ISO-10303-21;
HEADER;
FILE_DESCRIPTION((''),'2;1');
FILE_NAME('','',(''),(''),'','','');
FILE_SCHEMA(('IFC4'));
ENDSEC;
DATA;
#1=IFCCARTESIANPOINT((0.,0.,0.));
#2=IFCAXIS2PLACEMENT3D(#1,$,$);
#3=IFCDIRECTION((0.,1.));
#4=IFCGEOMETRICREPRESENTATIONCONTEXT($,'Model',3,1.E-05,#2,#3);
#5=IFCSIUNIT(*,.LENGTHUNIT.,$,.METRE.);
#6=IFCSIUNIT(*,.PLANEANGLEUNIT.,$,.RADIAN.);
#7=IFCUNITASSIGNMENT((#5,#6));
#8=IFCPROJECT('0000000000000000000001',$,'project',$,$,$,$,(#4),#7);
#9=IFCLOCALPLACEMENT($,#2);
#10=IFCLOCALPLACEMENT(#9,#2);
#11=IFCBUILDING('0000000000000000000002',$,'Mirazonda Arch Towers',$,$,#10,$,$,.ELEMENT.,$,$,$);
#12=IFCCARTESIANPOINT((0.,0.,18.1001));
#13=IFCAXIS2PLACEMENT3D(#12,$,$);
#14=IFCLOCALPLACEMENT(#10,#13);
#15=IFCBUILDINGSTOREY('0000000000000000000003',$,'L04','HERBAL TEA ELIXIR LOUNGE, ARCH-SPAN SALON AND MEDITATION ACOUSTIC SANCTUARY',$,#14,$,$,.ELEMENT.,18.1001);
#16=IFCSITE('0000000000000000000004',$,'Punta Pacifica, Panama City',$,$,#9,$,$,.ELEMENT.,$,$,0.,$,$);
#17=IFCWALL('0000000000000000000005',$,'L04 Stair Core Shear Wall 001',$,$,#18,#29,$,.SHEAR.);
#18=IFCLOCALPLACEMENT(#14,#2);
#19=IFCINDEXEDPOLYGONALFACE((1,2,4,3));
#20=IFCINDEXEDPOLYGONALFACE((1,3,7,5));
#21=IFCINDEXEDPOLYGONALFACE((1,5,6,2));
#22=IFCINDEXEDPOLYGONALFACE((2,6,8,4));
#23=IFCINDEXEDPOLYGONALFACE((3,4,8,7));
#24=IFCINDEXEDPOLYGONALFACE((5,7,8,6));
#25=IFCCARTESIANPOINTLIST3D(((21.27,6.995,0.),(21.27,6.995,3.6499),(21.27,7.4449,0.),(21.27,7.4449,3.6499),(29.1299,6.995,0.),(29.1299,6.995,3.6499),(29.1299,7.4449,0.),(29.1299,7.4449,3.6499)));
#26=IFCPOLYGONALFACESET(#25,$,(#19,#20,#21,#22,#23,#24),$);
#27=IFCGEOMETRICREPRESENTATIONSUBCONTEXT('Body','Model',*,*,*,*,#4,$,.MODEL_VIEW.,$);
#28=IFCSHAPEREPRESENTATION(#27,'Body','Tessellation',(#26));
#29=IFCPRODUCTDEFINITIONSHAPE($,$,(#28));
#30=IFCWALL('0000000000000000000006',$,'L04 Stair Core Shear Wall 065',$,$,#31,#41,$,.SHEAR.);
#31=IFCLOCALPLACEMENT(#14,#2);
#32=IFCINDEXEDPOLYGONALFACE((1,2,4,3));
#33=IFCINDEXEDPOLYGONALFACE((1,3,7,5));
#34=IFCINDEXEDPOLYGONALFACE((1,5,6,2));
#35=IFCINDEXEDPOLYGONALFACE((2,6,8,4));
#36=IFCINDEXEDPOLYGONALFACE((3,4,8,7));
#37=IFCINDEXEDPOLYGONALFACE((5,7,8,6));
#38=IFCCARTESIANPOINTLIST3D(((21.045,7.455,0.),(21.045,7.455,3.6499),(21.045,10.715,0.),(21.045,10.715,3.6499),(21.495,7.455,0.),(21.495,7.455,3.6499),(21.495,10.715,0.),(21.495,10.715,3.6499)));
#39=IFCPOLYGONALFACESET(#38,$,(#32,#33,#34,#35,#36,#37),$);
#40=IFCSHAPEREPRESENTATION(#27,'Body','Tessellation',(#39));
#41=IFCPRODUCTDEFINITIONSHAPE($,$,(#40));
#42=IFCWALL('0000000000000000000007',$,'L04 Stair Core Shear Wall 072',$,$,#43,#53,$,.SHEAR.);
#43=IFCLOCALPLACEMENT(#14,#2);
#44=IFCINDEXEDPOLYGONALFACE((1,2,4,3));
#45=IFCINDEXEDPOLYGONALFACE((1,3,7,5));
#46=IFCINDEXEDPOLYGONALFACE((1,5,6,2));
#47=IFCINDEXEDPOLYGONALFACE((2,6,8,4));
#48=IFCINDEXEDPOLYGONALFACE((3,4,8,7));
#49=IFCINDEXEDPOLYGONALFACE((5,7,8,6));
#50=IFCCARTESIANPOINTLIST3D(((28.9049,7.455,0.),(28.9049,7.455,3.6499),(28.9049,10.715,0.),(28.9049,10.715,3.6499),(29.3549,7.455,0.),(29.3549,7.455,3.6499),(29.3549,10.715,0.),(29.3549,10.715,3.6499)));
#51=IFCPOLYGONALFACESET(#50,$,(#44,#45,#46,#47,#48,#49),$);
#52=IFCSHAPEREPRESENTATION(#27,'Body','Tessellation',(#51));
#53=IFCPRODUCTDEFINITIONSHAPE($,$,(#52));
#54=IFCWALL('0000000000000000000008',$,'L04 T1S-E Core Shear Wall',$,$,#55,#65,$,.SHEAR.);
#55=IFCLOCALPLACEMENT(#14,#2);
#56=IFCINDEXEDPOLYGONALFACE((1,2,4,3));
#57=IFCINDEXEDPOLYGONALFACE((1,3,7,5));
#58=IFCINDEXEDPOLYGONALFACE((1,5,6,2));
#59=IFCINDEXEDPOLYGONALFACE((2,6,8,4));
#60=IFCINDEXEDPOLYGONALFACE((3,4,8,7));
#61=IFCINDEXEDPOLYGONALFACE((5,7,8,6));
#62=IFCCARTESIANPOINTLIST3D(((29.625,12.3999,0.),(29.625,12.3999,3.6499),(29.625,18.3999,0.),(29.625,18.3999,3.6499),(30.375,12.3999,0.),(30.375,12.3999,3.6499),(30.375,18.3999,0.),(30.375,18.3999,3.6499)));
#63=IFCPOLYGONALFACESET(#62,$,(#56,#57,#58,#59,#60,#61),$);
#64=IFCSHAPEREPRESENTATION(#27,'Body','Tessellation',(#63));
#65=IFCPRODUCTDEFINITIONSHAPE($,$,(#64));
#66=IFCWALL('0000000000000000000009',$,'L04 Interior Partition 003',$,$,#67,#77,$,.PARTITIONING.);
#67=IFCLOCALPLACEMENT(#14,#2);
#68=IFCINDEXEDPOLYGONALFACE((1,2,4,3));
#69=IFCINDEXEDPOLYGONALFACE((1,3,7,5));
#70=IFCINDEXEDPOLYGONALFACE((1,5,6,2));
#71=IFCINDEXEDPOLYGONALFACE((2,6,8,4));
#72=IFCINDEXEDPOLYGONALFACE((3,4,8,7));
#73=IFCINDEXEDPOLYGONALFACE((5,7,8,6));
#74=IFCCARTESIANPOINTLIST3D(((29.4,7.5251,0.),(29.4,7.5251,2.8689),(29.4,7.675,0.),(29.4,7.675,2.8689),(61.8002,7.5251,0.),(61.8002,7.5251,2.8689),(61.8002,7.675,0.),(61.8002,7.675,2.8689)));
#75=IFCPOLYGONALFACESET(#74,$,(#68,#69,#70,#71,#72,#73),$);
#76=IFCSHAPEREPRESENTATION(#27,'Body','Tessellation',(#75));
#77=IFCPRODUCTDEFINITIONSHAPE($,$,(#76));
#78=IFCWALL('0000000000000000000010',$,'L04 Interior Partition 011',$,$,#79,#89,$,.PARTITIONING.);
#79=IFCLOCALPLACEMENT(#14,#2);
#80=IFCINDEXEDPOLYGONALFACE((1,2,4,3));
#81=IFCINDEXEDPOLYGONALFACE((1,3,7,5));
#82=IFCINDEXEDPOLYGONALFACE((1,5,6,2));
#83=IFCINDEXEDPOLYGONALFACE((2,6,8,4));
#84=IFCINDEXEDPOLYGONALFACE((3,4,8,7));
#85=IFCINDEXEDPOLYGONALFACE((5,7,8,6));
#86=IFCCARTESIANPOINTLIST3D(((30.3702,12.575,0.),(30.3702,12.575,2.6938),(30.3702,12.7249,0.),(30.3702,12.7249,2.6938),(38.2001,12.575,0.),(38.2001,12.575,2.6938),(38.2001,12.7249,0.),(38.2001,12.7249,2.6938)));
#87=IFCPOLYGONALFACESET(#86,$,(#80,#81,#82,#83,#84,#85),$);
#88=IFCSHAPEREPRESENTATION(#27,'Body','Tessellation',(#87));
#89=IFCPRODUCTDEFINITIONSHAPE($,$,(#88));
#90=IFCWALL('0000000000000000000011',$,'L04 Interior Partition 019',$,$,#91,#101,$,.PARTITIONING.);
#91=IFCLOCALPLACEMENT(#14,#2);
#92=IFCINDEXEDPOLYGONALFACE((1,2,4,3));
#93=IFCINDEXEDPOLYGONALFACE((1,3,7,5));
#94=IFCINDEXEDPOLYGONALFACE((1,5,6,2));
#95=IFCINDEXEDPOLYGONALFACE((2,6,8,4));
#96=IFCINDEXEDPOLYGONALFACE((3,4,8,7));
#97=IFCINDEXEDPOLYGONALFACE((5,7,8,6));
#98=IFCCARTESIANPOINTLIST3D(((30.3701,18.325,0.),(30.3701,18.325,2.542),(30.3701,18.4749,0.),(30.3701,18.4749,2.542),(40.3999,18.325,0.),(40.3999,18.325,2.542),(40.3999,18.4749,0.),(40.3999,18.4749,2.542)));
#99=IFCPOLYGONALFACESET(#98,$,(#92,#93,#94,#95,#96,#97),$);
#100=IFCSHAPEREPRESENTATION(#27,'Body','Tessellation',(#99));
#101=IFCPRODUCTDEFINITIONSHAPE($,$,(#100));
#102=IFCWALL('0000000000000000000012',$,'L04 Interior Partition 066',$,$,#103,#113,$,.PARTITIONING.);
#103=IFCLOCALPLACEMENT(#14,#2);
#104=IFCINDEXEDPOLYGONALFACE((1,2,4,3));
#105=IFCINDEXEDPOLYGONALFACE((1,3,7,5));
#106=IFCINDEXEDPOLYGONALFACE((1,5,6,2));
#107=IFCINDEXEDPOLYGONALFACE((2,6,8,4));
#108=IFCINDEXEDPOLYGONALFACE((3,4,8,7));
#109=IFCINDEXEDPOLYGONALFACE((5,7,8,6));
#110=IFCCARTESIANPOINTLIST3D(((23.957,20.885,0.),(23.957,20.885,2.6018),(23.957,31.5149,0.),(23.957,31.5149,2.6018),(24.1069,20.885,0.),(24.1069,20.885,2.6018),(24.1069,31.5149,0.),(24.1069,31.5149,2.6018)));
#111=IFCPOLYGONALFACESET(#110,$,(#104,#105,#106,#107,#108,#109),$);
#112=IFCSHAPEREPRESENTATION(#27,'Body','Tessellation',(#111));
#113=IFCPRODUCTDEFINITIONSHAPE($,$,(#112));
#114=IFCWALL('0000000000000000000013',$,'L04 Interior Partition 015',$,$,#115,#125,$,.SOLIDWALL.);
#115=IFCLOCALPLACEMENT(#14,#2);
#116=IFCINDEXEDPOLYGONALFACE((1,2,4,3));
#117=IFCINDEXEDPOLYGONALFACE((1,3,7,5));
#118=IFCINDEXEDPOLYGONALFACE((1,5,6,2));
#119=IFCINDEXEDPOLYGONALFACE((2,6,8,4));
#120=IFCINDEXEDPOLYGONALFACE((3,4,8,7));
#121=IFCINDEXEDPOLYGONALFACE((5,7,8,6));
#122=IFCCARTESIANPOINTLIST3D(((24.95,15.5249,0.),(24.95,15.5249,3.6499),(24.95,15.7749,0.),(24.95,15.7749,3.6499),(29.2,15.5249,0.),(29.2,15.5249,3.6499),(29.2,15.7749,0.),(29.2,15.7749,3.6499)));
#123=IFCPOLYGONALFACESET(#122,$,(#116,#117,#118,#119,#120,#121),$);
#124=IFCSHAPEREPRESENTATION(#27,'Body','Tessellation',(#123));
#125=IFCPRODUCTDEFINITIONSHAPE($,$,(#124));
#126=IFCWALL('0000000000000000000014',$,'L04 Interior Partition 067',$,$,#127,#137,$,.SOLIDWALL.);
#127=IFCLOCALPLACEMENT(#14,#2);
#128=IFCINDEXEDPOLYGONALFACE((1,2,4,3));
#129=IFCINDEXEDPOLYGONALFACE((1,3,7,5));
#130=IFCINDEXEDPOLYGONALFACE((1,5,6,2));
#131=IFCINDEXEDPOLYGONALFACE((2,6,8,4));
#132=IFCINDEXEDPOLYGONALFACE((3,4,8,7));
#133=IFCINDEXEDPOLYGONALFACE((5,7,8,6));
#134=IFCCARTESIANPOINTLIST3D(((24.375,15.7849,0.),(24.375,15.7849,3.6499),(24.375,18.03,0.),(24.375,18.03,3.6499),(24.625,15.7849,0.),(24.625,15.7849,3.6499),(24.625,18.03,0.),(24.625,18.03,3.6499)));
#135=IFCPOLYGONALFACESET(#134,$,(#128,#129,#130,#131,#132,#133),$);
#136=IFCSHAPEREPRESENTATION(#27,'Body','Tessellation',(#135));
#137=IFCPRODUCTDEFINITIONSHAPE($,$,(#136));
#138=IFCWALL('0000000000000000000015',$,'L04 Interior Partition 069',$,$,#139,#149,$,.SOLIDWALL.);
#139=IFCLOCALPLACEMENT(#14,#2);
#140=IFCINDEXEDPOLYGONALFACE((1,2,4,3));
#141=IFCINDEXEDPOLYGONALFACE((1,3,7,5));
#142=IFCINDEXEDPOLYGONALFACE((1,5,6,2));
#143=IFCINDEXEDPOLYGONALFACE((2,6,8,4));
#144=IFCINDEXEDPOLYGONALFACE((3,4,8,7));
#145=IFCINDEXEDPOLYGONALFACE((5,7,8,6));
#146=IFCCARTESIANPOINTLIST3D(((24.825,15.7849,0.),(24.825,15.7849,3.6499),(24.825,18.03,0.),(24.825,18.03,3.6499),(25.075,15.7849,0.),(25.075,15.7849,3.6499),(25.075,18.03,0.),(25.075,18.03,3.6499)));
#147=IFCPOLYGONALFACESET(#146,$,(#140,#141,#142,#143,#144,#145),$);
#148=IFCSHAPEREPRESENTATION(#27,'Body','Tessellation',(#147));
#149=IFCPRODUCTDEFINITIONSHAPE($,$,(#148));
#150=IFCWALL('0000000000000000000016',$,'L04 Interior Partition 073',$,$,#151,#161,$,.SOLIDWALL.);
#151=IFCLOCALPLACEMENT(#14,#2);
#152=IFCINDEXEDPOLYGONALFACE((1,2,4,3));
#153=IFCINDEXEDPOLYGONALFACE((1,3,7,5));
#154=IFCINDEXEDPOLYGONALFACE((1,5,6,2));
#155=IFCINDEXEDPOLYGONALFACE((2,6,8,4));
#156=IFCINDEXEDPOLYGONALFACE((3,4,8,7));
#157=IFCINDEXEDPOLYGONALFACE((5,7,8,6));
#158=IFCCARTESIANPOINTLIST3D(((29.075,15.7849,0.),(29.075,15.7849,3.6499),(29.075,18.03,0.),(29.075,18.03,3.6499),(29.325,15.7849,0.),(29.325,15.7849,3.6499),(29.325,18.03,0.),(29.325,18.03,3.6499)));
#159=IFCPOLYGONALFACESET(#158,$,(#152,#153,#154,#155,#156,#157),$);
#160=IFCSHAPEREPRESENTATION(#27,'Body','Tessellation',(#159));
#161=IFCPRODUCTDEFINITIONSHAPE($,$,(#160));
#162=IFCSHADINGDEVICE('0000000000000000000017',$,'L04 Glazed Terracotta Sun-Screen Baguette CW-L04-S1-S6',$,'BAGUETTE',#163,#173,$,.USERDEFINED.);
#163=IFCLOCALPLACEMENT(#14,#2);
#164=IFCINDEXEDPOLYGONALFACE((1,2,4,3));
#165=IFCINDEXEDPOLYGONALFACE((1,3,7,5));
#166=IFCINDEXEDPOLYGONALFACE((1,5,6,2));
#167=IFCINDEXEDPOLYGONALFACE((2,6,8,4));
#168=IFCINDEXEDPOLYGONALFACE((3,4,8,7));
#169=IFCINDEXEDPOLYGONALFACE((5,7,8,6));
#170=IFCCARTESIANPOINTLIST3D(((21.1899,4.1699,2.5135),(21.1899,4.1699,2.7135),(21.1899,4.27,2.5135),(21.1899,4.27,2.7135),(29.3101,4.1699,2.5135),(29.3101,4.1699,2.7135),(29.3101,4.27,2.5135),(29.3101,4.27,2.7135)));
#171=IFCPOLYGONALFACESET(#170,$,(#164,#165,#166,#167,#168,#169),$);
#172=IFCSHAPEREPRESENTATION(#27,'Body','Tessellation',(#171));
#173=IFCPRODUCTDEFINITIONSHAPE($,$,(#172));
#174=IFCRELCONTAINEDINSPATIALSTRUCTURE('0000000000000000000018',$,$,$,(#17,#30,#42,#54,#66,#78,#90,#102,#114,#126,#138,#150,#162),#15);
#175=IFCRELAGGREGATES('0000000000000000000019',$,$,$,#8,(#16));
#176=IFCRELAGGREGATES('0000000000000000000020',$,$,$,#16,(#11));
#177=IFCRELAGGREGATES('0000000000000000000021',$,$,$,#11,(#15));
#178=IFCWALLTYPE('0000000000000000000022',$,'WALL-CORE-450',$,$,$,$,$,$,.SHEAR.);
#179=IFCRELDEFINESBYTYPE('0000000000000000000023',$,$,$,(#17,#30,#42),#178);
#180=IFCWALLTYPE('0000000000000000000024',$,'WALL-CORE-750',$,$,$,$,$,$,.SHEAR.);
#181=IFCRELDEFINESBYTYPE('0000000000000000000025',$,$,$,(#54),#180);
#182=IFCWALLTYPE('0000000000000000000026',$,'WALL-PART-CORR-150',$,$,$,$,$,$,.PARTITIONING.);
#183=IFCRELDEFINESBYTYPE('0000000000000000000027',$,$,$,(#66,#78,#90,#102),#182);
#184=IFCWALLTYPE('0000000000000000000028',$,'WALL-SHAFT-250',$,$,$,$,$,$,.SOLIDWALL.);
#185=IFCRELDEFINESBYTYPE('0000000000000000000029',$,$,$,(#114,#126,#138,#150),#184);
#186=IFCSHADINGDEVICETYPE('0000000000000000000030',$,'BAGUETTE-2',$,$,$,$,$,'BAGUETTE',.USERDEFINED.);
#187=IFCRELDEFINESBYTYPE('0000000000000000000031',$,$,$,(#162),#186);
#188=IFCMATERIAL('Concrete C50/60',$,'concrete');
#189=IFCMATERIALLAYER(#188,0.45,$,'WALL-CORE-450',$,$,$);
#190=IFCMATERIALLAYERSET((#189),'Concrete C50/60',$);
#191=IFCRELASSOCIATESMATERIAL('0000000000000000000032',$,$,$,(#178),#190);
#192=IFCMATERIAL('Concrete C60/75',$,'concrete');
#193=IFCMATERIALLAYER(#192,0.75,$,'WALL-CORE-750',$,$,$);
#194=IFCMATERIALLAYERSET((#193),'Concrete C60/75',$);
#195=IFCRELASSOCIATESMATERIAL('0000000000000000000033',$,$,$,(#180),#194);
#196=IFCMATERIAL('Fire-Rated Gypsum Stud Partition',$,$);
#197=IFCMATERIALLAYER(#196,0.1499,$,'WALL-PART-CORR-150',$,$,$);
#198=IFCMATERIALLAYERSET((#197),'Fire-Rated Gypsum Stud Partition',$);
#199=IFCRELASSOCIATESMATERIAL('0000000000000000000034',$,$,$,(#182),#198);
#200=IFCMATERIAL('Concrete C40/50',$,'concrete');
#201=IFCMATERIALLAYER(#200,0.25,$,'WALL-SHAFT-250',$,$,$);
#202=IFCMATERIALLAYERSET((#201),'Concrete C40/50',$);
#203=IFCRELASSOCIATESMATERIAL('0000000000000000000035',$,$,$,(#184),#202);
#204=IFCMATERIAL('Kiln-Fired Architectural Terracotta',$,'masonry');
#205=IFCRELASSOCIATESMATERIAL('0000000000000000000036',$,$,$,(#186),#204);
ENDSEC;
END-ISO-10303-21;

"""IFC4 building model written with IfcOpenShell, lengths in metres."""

from ifc_helpers import new_model, si_unit, direction, frame, frame_2d, origin, origin_2d, place, context, subcontext, project, spatial, rectangle, extrude, material, layer, layer_set, material_profile, profile_set, type_object, element, save


model = new_model("IFC4")

# Units and contexts
model_context = context("Model", 3, precision=1e-05, world=origin(), true_north=direction((0.0, 1.0)))
body_context = subcontext(model_context, "Body", "Model", "MODEL_VIEW")
ifc_project = project(units=[si_unit("LENGTHUNIT", "METRE"), si_unit("PLANEANGLEUNIT", "RADIAN")], contexts=[model_context])

# Site, building, storey
site_placement = place(None, origin())
site = spatial("IfcSite", under=ifc_project, at=site_placement, Name="Punta Pacifica, Panama City", CompositionType="ELEMENT", RefElevation=0.0)
building_placement = place(site_placement, origin())
building = spatial("IfcBuilding", under=site, at=building_placement, Name="Mirazonda Arch Towers", CompositionType="ELEMENT")
storey_placement = place(building_placement, frame((0.0, 0.0, 18.1001)))
storey = spatial("IfcBuildingStorey", under=building, at=storey_placement, Name="L04", Description="HERBAL TEA ELIXIR LOUNGE, ARCH-SPAN SALON AND MEDITATION ACOUSTIC SANCTUARY", CompositionType="ELEMENT", Elevation=18.1001)

# Shared definitions
ifc_material_1 = material(Name="Concrete C60/75", Category="concrete")
ifc_material_2 = material(Name="Concrete C50/60", Category="concrete")

# Walls
ifc_layer_1 = layer(ifc_material_2, 0.45, Name="WALL-CORE-450")
ifc_layer_set_1 = layer_set([ifc_layer_1], Name="Concrete C50/60")
wall_type_1 = type_object("IfcWallType", Name="WALL-CORE-450", PredefinedType="SHEAR", material=ifc_layer_set_1)
wall_1_placement = place(storey_placement, frame((21.27, 7.22, 0.0), z_axis=(0.0, 0.0, 1.0), x_axis=(1.0, 0.0, 0.0)))
element("IfcWall", 1, at=wall_1_placement, inside=storey, type_object=wall_type_1, Name="L04 Stair Core Shear Wall 001", PredefinedType="SHEAR", context=body_context, shape_type="SweptSolid", body=[
    extrude(rectangle(XDim=7.8599, YDim=0.45, at=frame_2d((3.9299, 0.0))), origin(), (0.0, 0.0, 1.0), 3.6499),
])
for number, where, z_axis, x_axis, name in (
    (2, (21.27, 7.4551, 0.0), (0.0, 0.0, 1.0), (0.0, 1.0, 0.0), "L04 Stair Core Shear Wall 065"),
    (3, (29.1299, 7.4551, 0.0), (0.0, 0.0, 1.0), (0.0, 1.0, 0.0), "L04 Stair Core Shear Wall 072"),
):
    element("IfcWall", number, at=place(storey_placement, frame(where, z_axis=z_axis, x_axis=x_axis)), inside=storey, type_object=wall_type_1, Name=name, PredefinedType="SHEAR", context=body_context, shape_type="SweptSolid", body=[
        extrude(rectangle(XDim=3.26, YDim=0.45, at=frame_2d((1.6299, 0.0))), origin(), (0.0, 0.0, 1.0), 3.6499),
    ])
ifc_layer_2 = layer(ifc_material_1, 0.75, Name="WALL-CORE-750")
ifc_layer_set_2 = layer_set([ifc_layer_2], Name="Concrete C60/75")
wall_type_2 = type_object("IfcWallType", Name="WALL-CORE-750", PredefinedType="SHEAR", material=ifc_layer_set_2)
wall_2_placement = place(storey_placement, frame((30.0, 12.3999, 0.0), z_axis=(0.0, 0.0, 1.0), x_axis=(0.0, 1.0, 0.0)))
element("IfcWall", 4, at=wall_2_placement, inside=storey, type_object=wall_type_2, Name="L04 T1S-E Core Shear Wall", PredefinedType="SHEAR", context=body_context, shape_type="SweptSolid", body=[
    extrude(rectangle(XDim=6.0, YDim=0.75, at=frame_2d((3.0, 0.0))), origin(), (0.0, 0.0, 1.0), 3.6499),
])
ifc_material_3 = material(Name="Fire-Rated Gypsum Stud Partition")
ifc_layer_3 = layer(ifc_material_3, 0.1499, Name="WALL-PART-CORR-150")
ifc_layer_set_3 = layer_set([ifc_layer_3], Name="Fire-Rated Gypsum Stud Partition")
wall_type_3 = type_object("IfcWallType", Name="WALL-PART-CORR-150", PredefinedType="PARTITIONING", material=ifc_layer_set_3)
wall_3_placement = place(storey_placement, frame((29.3999, 7.6001, 0.0), z_axis=(0.0, 0.0, 1.0), x_axis=(1.0, 0.0, 0.0)))
element("IfcWall", 5, at=wall_3_placement, inside=storey, type_object=wall_type_3, Name="L04 Interior Partition 003", PredefinedType="PARTITIONING", context=body_context, shape_type="SweptSolid", body=[
    extrude(rectangle(XDim=32.4001, YDim=0.1499, at=frame_2d((16.2002, 0.0))), origin(), (0.0, 0.0, 1.0), 2.8689),
])
wall_4_placement = place(storey_placement, frame((30.3701, 12.6499, 0.0), z_axis=(0.0, 0.0, 1.0), x_axis=(1.0, 0.0, 0.0)))
element("IfcWall", 6, at=wall_4_placement, inside=storey, type_object=wall_type_3, Name="L04 Interior Partition 011", PredefinedType="PARTITIONING", context=body_context, shape_type="SweptSolid", body=[
    extrude(rectangle(XDim=7.8298, YDim=0.1499, at=frame_2d((3.915, 0.0))), origin(), (0.0, 0.0, 1.0), 2.6938),
])
wall_5_placement = place(storey_placement, frame((30.3701, 18.3999, 0.0), z_axis=(0.0, 0.0, 1.0), x_axis=(1.0, 0.0, 0.0)))
element("IfcWall", 7, at=wall_5_placement, inside=storey, type_object=wall_type_3, Name="L04 Interior Partition 019", PredefinedType="PARTITIONING", context=body_context, shape_type="SweptSolid", body=[
    extrude(rectangle(XDim=10.0298, YDim=0.1499, at=frame_2d((5.0149, 0.0))), origin(), (0.0, 0.0, 1.0), 2.542),
])
wall_6_placement = place(storey_placement, frame((24.032, 20.885, 0.0), z_axis=(0.0, 0.0, 1.0), x_axis=(0.0, 1.0, 0.0)))
element("IfcWall", 8, at=wall_6_placement, inside=storey, type_object=wall_type_3, Name="L04 Interior Partition 066", PredefinedType="PARTITIONING", context=body_context, shape_type="SweptSolid", body=[
    extrude(rectangle(XDim=10.6299, YDim=0.1499, at=frame_2d((5.3149, 0.0))), origin(), (0.0, 0.0, 1.0), 2.6018),
])
ifc_material_4 = material(Name="Concrete C40/50", Category="concrete")
ifc_layer_4 = layer(ifc_material_4, 0.25, Name="WALL-SHAFT-250")
ifc_layer_set_4 = layer_set([ifc_layer_4], Name="Concrete C40/50")
wall_type_4 = type_object("IfcWallType", Name="WALL-SHAFT-250", PredefinedType="SOLIDWALL", material=ifc_layer_set_4)
wall_7_placement = place(storey_placement, frame((24.95, 15.6499, 0.0), z_axis=(0.0, 0.0, 1.0), x_axis=(1.0, 0.0, 0.0)))
element("IfcWall", 9, at=wall_7_placement, inside=storey, type_object=wall_type_4, Name="L04 Interior Partition 015", PredefinedType="SOLIDWALL", context=body_context, shape_type="SweptSolid", body=[
    extrude(rectangle(XDim=4.25, YDim=0.25, at=frame_2d((2.125, 0.0))), origin(), (0.0, 0.0, 1.0), 3.6499),
])
for number, where, z_axis, x_axis, name in (
    (10, (24.5, 15.7849, 0.0), (0.0, 0.0, 1.0), (0.0, 1.0, 0.0), "L04 Interior Partition 067"),
    (11, (24.95, 15.7849, 0.0), (0.0, 0.0, 1.0), (0.0, 1.0, 0.0), "L04 Interior Partition 069"),
    (12, (29.2, 15.7849, 0.0), (0.0, 0.0, 1.0), (0.0, 1.0, 0.0), "L04 Interior Partition 073"),
):
    element("IfcWall", number, at=place(storey_placement, frame(where, z_axis=z_axis, x_axis=x_axis)), inside=storey, type_object=wall_type_4, Name=name, PredefinedType="SOLIDWALL", context=body_context, shape_type="SweptSolid", body=[
        extrude(rectangle(XDim=2.2451, YDim=0.25, at=frame_2d((1.1226, 0.0))), origin(), (0.0, 0.0, 1.0), 3.6499),
    ])

# Shading device
ifc_material_5 = material(Name="Kiln-Fired Architectural Terracotta", Category="masonry")
ifc_material_profile_1 = material_profile(ifc_material_5, rectangle(XDim=0.1001, YDim=0.2, at=origin_2d()), Name="TERRA-BAG-100x200")
ifc_profile_set_1 = profile_set([ifc_material_profile_1], Name="Kiln-Fired Architectural Terracotta")
shading_device_type = type_object("IfcShadingDeviceType", Name="BAGUETTE-2", ElementType="BAGUETTE", PredefinedType="USERDEFINED", material=ifc_profile_set_1)
shading_device_placement = place(storey_placement, frame((29.3101, 4.22, 2.6135), z_axis=(-1.0, 0.0, 0.0), x_axis=(0.0, -1.0, 0.0)))
element("IfcShadingDevice", 13, at=shading_device_placement, inside=storey, type_object=shading_device_type, Name="L04 Glazed Terracotta Sun-Screen Baguette CW-L04-S1-S6", ObjectType="BAGUETTE", PredefinedType="USERDEFINED", context=body_context, shape_type="SweptSolid", body=[
    extrude(rectangle(XDim=0.1001, YDim=0.2, at=origin_2d()), origin(), (0.0, 0.0, 1.0), 8.1201),
])

save(model, "model.ifc")
